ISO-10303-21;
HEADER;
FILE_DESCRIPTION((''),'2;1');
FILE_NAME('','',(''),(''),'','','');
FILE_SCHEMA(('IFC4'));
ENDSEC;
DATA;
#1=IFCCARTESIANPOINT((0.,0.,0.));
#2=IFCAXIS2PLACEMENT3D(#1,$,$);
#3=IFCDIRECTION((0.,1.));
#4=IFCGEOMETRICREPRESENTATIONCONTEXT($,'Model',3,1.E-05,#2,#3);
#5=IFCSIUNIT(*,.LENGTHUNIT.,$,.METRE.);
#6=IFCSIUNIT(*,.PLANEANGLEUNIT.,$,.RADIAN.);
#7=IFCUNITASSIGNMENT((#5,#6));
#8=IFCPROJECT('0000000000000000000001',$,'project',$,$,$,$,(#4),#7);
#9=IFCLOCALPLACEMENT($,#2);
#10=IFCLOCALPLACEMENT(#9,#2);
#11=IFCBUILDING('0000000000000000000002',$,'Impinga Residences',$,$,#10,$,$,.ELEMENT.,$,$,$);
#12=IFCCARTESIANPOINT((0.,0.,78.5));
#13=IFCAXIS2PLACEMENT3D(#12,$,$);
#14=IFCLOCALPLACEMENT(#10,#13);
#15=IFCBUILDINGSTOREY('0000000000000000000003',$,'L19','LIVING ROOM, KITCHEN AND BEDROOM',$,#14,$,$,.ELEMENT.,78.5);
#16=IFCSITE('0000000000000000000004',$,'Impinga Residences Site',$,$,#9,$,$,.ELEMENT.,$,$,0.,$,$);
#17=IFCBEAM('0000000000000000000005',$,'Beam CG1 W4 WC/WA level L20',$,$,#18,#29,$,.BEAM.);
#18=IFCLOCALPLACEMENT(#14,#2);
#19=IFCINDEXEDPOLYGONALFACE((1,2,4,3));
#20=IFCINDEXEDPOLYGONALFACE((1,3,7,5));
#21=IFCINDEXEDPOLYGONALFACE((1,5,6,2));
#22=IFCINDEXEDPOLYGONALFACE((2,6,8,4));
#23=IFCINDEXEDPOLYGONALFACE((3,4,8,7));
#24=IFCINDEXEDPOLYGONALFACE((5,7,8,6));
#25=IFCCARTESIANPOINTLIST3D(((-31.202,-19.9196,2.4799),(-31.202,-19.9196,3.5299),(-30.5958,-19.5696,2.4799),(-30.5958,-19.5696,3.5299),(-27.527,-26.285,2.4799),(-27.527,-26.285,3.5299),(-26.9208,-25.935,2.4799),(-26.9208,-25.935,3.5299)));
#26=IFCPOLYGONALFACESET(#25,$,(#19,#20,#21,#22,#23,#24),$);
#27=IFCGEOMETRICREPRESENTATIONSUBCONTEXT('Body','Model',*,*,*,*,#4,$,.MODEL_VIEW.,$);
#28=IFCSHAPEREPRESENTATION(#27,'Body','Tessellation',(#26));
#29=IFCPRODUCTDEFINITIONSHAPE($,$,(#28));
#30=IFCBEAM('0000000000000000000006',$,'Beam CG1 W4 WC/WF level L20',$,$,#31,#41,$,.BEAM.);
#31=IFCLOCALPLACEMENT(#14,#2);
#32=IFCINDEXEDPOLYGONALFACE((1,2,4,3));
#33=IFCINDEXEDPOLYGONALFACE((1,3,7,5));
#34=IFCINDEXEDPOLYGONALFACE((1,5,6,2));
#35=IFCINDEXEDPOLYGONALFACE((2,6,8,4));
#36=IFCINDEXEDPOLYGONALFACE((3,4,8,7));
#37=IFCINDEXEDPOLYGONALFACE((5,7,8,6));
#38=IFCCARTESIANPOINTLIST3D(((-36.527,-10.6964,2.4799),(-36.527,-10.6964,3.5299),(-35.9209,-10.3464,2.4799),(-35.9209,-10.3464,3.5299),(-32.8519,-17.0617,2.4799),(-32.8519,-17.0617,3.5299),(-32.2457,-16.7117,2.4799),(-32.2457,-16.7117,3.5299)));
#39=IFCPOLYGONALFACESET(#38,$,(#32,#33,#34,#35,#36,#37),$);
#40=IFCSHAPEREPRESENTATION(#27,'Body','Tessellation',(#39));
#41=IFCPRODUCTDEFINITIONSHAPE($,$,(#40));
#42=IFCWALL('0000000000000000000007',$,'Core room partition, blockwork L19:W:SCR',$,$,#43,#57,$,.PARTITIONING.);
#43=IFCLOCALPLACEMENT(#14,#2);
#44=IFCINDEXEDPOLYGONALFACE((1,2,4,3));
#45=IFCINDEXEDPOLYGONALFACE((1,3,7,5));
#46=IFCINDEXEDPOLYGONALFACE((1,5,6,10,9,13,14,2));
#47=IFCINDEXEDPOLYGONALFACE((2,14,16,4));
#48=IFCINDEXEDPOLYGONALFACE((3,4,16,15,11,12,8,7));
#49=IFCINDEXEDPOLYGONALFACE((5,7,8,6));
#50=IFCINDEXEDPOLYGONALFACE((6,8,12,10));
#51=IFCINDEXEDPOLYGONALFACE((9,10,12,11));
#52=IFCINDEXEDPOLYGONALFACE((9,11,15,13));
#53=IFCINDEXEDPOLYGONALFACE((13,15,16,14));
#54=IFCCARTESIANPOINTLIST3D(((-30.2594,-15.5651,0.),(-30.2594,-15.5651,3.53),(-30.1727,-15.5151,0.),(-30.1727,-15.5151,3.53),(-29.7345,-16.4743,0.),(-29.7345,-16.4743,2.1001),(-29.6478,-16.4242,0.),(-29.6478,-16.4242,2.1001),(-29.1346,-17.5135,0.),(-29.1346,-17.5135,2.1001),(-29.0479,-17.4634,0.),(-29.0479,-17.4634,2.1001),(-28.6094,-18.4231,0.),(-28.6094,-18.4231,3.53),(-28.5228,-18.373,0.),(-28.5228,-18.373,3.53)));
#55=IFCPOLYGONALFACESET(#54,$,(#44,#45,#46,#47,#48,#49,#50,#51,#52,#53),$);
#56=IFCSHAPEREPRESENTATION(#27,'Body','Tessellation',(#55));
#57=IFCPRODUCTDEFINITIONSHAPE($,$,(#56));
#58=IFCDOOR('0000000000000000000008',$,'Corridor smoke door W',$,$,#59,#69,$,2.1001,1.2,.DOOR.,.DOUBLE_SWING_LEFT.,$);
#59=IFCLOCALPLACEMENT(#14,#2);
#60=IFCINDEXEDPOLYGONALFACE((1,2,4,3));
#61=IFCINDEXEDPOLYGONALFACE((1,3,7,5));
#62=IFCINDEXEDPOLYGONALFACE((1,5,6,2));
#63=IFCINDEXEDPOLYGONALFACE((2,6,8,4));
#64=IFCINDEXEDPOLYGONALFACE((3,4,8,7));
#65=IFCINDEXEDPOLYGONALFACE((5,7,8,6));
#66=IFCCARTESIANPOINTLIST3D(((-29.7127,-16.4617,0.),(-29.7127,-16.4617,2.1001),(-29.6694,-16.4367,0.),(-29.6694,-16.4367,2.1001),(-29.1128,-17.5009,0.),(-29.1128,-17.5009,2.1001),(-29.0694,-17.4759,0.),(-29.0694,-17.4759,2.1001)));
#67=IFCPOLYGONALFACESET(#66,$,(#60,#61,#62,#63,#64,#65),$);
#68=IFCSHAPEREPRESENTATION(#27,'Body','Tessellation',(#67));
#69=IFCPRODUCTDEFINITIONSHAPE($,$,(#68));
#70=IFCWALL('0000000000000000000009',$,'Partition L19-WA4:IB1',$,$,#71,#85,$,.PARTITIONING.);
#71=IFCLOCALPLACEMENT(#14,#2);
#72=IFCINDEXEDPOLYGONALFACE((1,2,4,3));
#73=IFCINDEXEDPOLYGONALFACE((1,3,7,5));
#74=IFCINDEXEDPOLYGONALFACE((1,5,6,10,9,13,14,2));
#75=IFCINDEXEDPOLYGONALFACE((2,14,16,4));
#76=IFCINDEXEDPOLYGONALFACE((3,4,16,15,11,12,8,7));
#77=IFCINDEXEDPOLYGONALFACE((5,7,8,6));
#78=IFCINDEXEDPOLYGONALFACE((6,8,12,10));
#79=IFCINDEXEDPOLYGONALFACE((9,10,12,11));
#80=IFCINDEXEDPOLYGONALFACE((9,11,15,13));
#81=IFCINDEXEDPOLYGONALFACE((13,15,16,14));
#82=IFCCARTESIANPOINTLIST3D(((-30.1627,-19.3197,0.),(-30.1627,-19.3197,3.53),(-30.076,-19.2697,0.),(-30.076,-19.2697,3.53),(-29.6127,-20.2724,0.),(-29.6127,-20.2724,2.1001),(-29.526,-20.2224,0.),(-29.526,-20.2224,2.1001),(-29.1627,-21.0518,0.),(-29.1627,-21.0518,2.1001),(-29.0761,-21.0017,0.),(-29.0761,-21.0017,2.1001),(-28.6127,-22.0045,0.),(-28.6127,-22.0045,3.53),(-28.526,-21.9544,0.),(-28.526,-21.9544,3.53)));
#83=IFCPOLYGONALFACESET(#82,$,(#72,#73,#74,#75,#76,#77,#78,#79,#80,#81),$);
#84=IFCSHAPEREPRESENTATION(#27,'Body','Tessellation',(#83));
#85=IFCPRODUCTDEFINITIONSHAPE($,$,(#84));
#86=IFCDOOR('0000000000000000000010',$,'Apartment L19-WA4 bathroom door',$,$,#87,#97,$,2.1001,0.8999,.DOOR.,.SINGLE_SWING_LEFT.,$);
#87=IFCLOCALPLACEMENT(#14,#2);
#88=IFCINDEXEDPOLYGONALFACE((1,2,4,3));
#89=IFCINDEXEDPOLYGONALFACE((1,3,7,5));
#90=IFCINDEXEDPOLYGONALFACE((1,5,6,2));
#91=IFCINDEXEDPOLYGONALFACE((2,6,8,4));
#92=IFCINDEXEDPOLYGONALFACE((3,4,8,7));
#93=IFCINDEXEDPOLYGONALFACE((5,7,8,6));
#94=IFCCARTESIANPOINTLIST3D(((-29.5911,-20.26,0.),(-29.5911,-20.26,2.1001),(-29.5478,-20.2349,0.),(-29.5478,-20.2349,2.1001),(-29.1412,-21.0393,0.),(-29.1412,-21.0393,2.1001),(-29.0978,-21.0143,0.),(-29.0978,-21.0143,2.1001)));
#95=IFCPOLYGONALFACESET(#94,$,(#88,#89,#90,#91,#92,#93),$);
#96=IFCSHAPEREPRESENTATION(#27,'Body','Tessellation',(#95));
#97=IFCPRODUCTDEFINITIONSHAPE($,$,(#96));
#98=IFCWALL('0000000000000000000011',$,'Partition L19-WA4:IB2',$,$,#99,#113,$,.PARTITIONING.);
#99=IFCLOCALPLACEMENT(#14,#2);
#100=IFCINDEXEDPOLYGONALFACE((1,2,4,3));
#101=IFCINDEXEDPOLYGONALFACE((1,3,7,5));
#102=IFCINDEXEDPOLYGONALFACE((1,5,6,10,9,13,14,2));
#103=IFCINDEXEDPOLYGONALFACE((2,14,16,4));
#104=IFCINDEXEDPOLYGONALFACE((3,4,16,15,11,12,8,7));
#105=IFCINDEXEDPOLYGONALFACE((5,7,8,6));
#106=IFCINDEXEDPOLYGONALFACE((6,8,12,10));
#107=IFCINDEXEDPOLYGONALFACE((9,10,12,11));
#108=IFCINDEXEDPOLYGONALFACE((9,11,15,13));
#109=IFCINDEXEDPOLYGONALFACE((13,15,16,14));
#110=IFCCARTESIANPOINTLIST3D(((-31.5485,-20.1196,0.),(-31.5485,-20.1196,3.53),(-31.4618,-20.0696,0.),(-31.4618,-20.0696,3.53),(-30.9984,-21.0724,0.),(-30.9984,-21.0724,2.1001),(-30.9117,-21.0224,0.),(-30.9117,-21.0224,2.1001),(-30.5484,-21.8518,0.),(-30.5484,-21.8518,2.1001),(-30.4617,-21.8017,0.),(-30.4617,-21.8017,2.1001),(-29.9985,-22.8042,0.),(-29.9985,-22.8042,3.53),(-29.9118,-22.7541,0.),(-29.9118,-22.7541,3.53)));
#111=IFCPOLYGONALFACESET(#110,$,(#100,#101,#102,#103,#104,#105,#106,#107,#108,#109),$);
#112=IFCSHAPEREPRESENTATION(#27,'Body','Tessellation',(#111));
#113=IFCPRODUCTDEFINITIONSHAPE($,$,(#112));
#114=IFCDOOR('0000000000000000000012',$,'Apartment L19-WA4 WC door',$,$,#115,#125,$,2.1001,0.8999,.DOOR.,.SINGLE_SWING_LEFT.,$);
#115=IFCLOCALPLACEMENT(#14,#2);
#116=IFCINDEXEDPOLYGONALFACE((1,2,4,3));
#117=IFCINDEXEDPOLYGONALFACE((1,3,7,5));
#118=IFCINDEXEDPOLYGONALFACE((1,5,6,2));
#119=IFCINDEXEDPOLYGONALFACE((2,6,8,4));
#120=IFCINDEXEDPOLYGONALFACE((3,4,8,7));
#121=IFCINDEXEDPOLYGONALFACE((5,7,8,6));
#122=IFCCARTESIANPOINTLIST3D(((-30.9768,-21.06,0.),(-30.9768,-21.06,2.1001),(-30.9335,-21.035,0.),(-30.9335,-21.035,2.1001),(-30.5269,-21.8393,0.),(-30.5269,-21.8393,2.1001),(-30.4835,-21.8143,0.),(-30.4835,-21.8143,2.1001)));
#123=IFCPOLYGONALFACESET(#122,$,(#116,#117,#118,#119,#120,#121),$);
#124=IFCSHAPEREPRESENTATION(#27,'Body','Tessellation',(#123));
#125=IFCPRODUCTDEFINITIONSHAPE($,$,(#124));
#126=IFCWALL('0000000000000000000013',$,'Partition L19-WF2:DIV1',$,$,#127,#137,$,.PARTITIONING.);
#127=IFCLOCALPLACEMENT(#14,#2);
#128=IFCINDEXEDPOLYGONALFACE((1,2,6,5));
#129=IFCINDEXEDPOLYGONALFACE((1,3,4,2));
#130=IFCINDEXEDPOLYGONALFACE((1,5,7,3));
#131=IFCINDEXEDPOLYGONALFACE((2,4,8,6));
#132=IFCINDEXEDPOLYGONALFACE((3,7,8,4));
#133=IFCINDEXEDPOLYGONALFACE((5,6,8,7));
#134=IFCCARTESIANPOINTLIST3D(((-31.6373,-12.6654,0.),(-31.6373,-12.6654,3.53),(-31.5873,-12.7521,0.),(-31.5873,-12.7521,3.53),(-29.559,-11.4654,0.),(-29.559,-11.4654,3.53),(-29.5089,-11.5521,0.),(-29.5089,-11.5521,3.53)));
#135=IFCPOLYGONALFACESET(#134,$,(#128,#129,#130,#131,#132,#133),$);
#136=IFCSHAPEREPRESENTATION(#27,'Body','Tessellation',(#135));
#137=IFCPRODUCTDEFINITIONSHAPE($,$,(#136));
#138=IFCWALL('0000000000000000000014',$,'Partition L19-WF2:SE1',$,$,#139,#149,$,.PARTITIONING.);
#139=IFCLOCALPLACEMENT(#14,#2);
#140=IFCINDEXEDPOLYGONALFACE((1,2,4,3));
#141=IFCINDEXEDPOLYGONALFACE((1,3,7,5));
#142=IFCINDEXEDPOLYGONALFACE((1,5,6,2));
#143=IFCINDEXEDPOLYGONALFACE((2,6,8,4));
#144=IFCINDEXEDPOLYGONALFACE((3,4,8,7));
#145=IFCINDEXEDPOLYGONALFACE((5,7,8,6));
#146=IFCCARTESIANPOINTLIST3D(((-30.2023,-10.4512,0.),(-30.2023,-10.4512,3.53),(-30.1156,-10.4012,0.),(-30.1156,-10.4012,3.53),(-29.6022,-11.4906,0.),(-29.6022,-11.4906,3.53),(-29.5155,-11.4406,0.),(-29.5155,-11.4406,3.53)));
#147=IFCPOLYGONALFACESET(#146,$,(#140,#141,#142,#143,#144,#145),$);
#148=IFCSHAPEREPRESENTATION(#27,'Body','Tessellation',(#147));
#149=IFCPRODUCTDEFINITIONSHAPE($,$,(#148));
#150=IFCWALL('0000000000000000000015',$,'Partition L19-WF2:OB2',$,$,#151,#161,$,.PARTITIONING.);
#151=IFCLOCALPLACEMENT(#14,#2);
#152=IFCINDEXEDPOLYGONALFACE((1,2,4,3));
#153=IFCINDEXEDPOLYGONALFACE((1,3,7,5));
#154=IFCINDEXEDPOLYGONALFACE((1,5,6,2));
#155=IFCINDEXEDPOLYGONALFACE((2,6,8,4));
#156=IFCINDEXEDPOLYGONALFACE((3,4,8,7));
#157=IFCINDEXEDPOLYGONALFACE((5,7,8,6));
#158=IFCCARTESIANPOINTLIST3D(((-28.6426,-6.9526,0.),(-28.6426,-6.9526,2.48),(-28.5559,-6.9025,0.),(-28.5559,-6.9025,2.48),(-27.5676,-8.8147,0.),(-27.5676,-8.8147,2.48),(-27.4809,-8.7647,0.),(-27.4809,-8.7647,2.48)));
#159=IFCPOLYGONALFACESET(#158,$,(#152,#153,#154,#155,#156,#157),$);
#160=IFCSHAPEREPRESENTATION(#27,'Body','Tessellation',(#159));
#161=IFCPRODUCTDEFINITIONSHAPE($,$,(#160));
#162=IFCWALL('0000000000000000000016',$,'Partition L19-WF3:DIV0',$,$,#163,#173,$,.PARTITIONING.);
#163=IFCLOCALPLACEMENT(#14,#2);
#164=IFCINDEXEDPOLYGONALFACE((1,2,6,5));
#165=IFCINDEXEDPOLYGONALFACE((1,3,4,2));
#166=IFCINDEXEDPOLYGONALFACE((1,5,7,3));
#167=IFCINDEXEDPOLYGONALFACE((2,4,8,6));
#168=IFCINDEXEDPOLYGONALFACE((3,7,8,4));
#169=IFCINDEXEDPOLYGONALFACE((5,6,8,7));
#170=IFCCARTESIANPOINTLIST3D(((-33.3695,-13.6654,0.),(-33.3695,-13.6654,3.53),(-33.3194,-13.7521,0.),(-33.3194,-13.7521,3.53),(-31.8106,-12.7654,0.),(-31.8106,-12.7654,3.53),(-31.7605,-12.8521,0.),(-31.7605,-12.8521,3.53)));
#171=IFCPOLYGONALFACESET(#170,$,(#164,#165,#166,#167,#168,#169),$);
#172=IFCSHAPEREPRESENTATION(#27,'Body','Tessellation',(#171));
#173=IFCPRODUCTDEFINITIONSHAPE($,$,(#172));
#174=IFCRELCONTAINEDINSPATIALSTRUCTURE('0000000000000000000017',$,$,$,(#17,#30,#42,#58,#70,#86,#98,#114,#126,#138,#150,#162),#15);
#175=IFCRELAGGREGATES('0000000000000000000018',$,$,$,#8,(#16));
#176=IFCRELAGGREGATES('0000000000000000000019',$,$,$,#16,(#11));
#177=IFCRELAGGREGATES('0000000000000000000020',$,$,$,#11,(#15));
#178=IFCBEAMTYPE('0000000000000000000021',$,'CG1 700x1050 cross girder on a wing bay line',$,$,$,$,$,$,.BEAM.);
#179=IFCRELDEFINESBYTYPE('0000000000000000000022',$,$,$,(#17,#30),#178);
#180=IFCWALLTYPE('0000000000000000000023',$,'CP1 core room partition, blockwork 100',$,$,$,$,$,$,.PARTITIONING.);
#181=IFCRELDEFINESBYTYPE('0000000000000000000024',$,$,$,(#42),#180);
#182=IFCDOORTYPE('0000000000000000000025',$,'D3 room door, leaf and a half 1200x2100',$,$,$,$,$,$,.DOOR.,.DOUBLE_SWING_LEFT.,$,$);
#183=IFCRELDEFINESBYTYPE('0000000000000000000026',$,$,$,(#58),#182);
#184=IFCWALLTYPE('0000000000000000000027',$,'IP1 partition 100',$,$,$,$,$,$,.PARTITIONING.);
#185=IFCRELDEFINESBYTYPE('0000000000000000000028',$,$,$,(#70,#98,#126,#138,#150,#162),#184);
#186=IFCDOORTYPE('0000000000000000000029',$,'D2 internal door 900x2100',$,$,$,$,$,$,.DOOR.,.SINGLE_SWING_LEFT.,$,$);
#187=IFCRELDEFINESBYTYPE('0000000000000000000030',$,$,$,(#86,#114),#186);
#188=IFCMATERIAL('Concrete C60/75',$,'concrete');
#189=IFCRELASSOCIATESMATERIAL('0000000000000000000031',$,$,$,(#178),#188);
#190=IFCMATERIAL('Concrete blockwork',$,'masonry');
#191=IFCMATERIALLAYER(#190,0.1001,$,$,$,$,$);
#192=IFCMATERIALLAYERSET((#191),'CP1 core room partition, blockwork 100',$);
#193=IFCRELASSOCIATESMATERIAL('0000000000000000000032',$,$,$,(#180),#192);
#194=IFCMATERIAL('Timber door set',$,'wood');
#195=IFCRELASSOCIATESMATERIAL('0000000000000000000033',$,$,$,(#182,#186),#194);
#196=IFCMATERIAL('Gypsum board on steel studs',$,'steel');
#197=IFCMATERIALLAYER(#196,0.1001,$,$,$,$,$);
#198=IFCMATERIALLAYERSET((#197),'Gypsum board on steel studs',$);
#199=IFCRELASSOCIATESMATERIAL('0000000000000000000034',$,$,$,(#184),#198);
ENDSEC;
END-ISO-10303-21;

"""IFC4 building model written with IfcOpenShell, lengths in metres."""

from ifc_helpers import new_model, si_unit, direction, frame, frame_2d, origin, origin_2d, place, context, subcontext, project, spatial, rectangle, extrude, material, layer, layer_set, material_profile, profile_set, type_object, element, fill, save


model = new_model("IFC4")

# Units and contexts
model_context = context("Model", 3, precision=1e-05, world=origin(), true_north=direction((0.0, 1.0)))
body_context = subcontext(model_context, "Body", "Model", "MODEL_VIEW")
ifc_project = project(units=[si_unit("LENGTHUNIT", "METRE"), si_unit("PLANEANGLEUNIT", "RADIAN")], contexts=[model_context])

# Site, building, storey
site_placement = place(None, origin())
site = spatial("IfcSite", under=ifc_project, at=site_placement, Name="Impinga Residences Site", CompositionType="ELEMENT", RefElevation=0.0)
building_placement = place(site_placement, origin())
building = spatial("IfcBuilding", under=site, at=building_placement, Name="Impinga Residences", CompositionType="ELEMENT")
storey_placement = place(building_placement, frame((0.0, 0.0, 78.5)))
storey = spatial("IfcBuildingStorey", under=building, at=storey_placement, Name="L19", Description="LIVING ROOM, KITCHEN AND BEDROOM", CompositionType="ELEMENT", Elevation=78.5)

# Beams
ifc_material_1 = material(Name="Concrete C60/75", Category="concrete")
ifc_material_profile = material_profile(ifc_material_1, rectangle(XDim=0.7, YDim=1.05, at=origin_2d()), Name="RC 700x1050")
ifc_profile_set = profile_set([ifc_material_profile], Name="Concrete C60/75")
beam_type = type_object("IfcBeamType", Name="CG1 700x1050 cross girder on a wing bay line", PredefinedType="BEAM", material=ifc_profile_set)
for number, where, z_axis, x_axis, name in (
    (1, (-30.8989, -19.7446, 3.0049), (0.499994, -0.866029, 0.0), (0.866029, 0.499994, 0.0), "Beam CG1 W4 WC/WA level L20"),
    (2, (-32.5488, -16.8867, 3.0049), (-0.500008, 0.866021, 0.0), (-0.866021, -0.500008, 0.0), "Beam CG1 W4 WC/WF level L20"),
):
    element("IfcBeam", number, at=place(storey_placement, frame(where, z_axis=z_axis, x_axis=x_axis)), inside=storey, type_object=beam_type, Name=name, PredefinedType="BEAM", context=body_context, shape_type="SweptSolid", body=[
        extrude(rectangle(XDim=0.7, YDim=1.05, at=origin_2d()), origin(), (0.0, 0.0, 1.0), 7.3501),
    ])

# Walls, openings, doors
ifc_material_2 = material(Name="Concrete blockwork", Category="masonry")
ifc_layer_1 = layer(ifc_material_2, 0.1001)
ifc_layer_set_1 = layer_set([ifc_layer_1], Name="CP1 core room partition, blockwork 100")
wall_type_1 = type_object("IfcWallType", Name="CP1 core room partition, blockwork 100", PredefinedType="PARTITIONING", material=ifc_layer_set_1)
wall_1_placement = place(storey_placement, frame((-28.5662, -18.3979, 0.0), z_axis=(0.0, 0.0, 1.0), x_axis=(-0.499974, 0.86604, 0.0)))
wall_1 = element("IfcWall", 3, at=wall_1_placement, inside=storey, type_object=wall_type_1, Name="Core room partition, blockwork L19:W:SCR", PredefinedType="PARTITIONING", context=body_context, shape_type="SweptSolid", body=[
    extrude(rectangle(XDim=3.3, YDim=0.1001, at=frame_2d((1.6499, 0.0))), origin(), (0.0, 0.0, 1.0), 3.53),
])
opening_1_placement = place(wall_1_placement, frame((1.05, 0.0, 0.0)))
opening_1 = element("IfcOpeningElement", 4, at=opening_1_placement, cuts=wall_1, PredefinedType="OPENING", context=body_context, shape_type="SweptSolid", body=[
    extrude(rectangle(XDim=1.2, YDim=2.1001, at=frame_2d((0.6001, 1.05))), frame((0.0, 0.0601, 0.0), z_axis=(0.0, -1.0, 0.0), x_axis=(1.0, 0.0, 0.0)), (0.0, 0.0, 1.0), 0.1201),
])
ifc_material_3 = material(Name="Timber door set", Category="wood")
door_type_1 = type_object("IfcDoorType", Name="D3 room door, leaf and a half 1200x2100", OperationType="DOUBLE_SWING_LEFT", PredefinedType="DOOR", material=ifc_material_3)
door_1_placement = place(opening_1_placement, origin())
door_1 = element("IfcDoor", 5, at=door_1_placement, inside=storey, type_object=door_type_1, Name="Corridor smoke door W", OperationType="DOUBLE_SWING_LEFT", OverallHeight=2.1001, OverallWidth=1.2, PredefinedType="DOOR", context=body_context, shape_type="SweptSolid", body=[
    extrude(rectangle(XDim=1.2, YDim=2.1001, at=frame_2d((0.6001, 1.05))), frame((0.0, 0.0249, 0.0), z_axis=(0.0, -1.0, 0.0), x_axis=(1.0, 0.0, 0.0)), (0.0, 0.0, 1.0), 0.05),
])
fill(opening_1, door_1)
ifc_material_4 = material(Name="Gypsum board on steel studs", Category="steel")
ifc_layer_2 = layer(ifc_material_4, 0.1001)
ifc_layer_set_2 = layer_set([ifc_layer_2], Name="Gypsum board on steel studs")
wall_type_2 = type_object("IfcWallType", Name="IP1 partition 100", PredefinedType="PARTITIONING", material=ifc_layer_set_2)
wall_2_placement = place(storey_placement, frame((-30.1194, -19.2947, 0.0), z_axis=(0.0, 0.0, 1.0), x_axis=(0.499993, -0.86603, 0.0)))
wall_2 = element("IfcWall", 6, at=wall_2_placement, inside=storey, type_object=wall_type_2, Name="Partition L19-WA4:IB1", PredefinedType="PARTITIONING", context=body_context, shape_type="SweptSolid", body=[
    extrude(rectangle(XDim=3.1001, YDim=0.1001, at=frame_2d((1.55, 0.0))), origin(), (0.0, 0.0, 1.0), 3.53),
])
opening_2_placement = place(wall_2_placement, frame((1.1001, 0.0, 0.0)))
opening_2 = element("IfcOpeningElement", 7, at=opening_2_placement, cuts=wall_2, PredefinedType="OPENING", context=body_context, shape_type="SweptSolid", body=[
    extrude(rectangle(XDim=0.8999, YDim=2.1001, at=frame_2d((0.45, 1.05))), frame((0.0, 0.0601, 0.0), z_axis=(0.0, -1.0, 0.0), x_axis=(1.0, 0.0, 0.0)), (0.0, 0.0, 1.0), 0.1201),
])
door_type_2 = type_object("IfcDoorType", Name="D2 internal door 900x2100", OperationType="SINGLE_SWING_LEFT", PredefinedType="DOOR", material=ifc_material_3)
door_2_placement = place(opening_2_placement, origin())
door_2 = element("IfcDoor", 8, at=door_2_placement, inside=storey, type_object=door_type_2, Name="Apartment L19-WA4 bathroom door", OperationType="SINGLE_SWING_LEFT", OverallHeight=2.1001, OverallWidth=0.8999, PredefinedType="DOOR", context=body_context, shape_type="SweptSolid", body=[
    extrude(rectangle(XDim=0.8999, YDim=2.1001, at=frame_2d((0.45, 1.05))), frame((0.0, 0.0249, 0.0), z_axis=(0.0, -1.0, 0.0), x_axis=(1.0, 0.0, 0.0)), (0.0, 0.0, 1.0), 0.05),
])
fill(opening_2, door_2)
wall_3_placement = place(storey_placement, frame((-31.5051, -20.0947, 0.0), z_axis=(0.0, 0.0, 1.0), x_axis=(0.500027, -0.86601, 0.0)))
wall_3 = element("IfcWall", 9, at=wall_3_placement, inside=storey, type_object=wall_type_2, Name="Partition L19-WA4:IB2", PredefinedType="PARTITIONING", context=body_context, shape_type="SweptSolid", body=[
    extrude(rectangle(XDim=3.0999, YDim=0.1001, at=frame_2d((1.5498, 0.0))), origin(), (0.0, 0.0, 1.0), 3.53),
])
opening_3_placement = place(wall_3_placement, frame((1.1001, 0.0, 0.0)))
opening_3 = element("IfcOpeningElement", 10, at=opening_3_placement, cuts=wall_3, PredefinedType="OPENING", context=body_context, shape_type="SweptSolid", body=[
    extrude(rectangle(XDim=0.8999, YDim=2.1001, at=frame_2d((0.45, 1.05))), frame((0.0, 0.0601, 0.0), z_axis=(0.0, -1.0, 0.0), x_axis=(1.0, 0.0, 0.0)), (0.0, 0.0, 1.0), 0.1201),
])
door_3_placement = place(opening_3_placement, origin())
door_3 = element("IfcDoor", 11, at=door_3_placement, inside=storey, type_object=door_type_2, Name="Apartment L19-WA4 WC door", OperationType="SINGLE_SWING_LEFT", OverallHeight=2.1001, OverallWidth=0.8999, PredefinedType="DOOR", context=body_context, shape_type="SweptSolid", body=[
    extrude(rectangle(XDim=0.8999, YDim=2.1001, at=frame_2d((0.45, 1.05))), frame((0.0, 0.0249, 0.0), z_axis=(0.0, -1.0, 0.0), x_axis=(1.0, 0.0, 0.0)), (0.0, 0.0, 1.0), 0.05),
])
fill(opening_3, door_3)

# Walls
wall_4_placement = place(storey_placement, frame((-29.5339, -11.5088, 0.0), z_axis=(0.0, 0.0, 1.0), x_axis=(-0.866025, -0.500001, 0.0)))
element("IfcWall", 12, at=wall_4_placement, inside=storey, type_object=wall_type_2, Name="Partition L19-WF2:DIV1", PredefinedType="PARTITIONING", context=body_context, shape_type="SweptSolid", body=[
    extrude(rectangle(XDim=2.3999, YDim=0.1001, at=frame_2d((1.2, 0.0))), origin(), (0.0, 0.0, 1.0), 3.53),
])
wall_5_placement = place(storey_placement, frame((-29.5588, -11.4656, 0.0), z_axis=(0.0, 0.0, 1.0), x_axis=(-0.500034, 0.866006, 0.0)))
element("IfcWall", 13, at=wall_5_placement, inside=storey, type_object=wall_type_2, Name="Partition L19-WF2:SE1", PredefinedType="PARTITIONING", context=body_context, shape_type="SweptSolid", body=[
    extrude(rectangle(XDim=1.2002, YDim=0.1001, at=frame_2d((0.6001, 0.0))), origin(), (0.0, 0.0, 1.0), 3.53),
])
wall_6_placement = place(storey_placement, frame((-27.5242, -8.7898, 0.0), z_axis=(0.0, 0.0, 1.0), x_axis=(-0.499962, 0.866048, 0.0)))
element("IfcWall", 14, at=wall_6_placement, inside=storey, type_object=wall_type_2, Name="Partition L19-WF2:OB2", PredefinedType="PARTITIONING", context=body_context, shape_type="SweptSolid", body=[
    extrude(rectangle(XDim=2.1501, YDim=0.1001, at=frame_2d((1.0752, 0.0))), origin(), (0.0, 0.0, 1.0), 2.48),
])
wall_7_placement = place(storey_placement, frame((-31.7856, -12.8088, 0.0), z_axis=(0.0, 0.0, 1.0), x_axis=(-0.866048, -0.499961, 0.0)))
element("IfcWall", 15, at=wall_7_placement, inside=storey, type_object=wall_type_2, Name="Partition L19-WF3:DIV0", PredefinedType="PARTITIONING", context=body_context, shape_type="SweptSolid", body=[
    extrude(rectangle(XDim=1.8, YDim=0.1001, at=frame_2d((0.8999, 0.0))), origin(), (0.0, 0.0, 1.0), 3.53),
])

save(model, "model.ifc")
